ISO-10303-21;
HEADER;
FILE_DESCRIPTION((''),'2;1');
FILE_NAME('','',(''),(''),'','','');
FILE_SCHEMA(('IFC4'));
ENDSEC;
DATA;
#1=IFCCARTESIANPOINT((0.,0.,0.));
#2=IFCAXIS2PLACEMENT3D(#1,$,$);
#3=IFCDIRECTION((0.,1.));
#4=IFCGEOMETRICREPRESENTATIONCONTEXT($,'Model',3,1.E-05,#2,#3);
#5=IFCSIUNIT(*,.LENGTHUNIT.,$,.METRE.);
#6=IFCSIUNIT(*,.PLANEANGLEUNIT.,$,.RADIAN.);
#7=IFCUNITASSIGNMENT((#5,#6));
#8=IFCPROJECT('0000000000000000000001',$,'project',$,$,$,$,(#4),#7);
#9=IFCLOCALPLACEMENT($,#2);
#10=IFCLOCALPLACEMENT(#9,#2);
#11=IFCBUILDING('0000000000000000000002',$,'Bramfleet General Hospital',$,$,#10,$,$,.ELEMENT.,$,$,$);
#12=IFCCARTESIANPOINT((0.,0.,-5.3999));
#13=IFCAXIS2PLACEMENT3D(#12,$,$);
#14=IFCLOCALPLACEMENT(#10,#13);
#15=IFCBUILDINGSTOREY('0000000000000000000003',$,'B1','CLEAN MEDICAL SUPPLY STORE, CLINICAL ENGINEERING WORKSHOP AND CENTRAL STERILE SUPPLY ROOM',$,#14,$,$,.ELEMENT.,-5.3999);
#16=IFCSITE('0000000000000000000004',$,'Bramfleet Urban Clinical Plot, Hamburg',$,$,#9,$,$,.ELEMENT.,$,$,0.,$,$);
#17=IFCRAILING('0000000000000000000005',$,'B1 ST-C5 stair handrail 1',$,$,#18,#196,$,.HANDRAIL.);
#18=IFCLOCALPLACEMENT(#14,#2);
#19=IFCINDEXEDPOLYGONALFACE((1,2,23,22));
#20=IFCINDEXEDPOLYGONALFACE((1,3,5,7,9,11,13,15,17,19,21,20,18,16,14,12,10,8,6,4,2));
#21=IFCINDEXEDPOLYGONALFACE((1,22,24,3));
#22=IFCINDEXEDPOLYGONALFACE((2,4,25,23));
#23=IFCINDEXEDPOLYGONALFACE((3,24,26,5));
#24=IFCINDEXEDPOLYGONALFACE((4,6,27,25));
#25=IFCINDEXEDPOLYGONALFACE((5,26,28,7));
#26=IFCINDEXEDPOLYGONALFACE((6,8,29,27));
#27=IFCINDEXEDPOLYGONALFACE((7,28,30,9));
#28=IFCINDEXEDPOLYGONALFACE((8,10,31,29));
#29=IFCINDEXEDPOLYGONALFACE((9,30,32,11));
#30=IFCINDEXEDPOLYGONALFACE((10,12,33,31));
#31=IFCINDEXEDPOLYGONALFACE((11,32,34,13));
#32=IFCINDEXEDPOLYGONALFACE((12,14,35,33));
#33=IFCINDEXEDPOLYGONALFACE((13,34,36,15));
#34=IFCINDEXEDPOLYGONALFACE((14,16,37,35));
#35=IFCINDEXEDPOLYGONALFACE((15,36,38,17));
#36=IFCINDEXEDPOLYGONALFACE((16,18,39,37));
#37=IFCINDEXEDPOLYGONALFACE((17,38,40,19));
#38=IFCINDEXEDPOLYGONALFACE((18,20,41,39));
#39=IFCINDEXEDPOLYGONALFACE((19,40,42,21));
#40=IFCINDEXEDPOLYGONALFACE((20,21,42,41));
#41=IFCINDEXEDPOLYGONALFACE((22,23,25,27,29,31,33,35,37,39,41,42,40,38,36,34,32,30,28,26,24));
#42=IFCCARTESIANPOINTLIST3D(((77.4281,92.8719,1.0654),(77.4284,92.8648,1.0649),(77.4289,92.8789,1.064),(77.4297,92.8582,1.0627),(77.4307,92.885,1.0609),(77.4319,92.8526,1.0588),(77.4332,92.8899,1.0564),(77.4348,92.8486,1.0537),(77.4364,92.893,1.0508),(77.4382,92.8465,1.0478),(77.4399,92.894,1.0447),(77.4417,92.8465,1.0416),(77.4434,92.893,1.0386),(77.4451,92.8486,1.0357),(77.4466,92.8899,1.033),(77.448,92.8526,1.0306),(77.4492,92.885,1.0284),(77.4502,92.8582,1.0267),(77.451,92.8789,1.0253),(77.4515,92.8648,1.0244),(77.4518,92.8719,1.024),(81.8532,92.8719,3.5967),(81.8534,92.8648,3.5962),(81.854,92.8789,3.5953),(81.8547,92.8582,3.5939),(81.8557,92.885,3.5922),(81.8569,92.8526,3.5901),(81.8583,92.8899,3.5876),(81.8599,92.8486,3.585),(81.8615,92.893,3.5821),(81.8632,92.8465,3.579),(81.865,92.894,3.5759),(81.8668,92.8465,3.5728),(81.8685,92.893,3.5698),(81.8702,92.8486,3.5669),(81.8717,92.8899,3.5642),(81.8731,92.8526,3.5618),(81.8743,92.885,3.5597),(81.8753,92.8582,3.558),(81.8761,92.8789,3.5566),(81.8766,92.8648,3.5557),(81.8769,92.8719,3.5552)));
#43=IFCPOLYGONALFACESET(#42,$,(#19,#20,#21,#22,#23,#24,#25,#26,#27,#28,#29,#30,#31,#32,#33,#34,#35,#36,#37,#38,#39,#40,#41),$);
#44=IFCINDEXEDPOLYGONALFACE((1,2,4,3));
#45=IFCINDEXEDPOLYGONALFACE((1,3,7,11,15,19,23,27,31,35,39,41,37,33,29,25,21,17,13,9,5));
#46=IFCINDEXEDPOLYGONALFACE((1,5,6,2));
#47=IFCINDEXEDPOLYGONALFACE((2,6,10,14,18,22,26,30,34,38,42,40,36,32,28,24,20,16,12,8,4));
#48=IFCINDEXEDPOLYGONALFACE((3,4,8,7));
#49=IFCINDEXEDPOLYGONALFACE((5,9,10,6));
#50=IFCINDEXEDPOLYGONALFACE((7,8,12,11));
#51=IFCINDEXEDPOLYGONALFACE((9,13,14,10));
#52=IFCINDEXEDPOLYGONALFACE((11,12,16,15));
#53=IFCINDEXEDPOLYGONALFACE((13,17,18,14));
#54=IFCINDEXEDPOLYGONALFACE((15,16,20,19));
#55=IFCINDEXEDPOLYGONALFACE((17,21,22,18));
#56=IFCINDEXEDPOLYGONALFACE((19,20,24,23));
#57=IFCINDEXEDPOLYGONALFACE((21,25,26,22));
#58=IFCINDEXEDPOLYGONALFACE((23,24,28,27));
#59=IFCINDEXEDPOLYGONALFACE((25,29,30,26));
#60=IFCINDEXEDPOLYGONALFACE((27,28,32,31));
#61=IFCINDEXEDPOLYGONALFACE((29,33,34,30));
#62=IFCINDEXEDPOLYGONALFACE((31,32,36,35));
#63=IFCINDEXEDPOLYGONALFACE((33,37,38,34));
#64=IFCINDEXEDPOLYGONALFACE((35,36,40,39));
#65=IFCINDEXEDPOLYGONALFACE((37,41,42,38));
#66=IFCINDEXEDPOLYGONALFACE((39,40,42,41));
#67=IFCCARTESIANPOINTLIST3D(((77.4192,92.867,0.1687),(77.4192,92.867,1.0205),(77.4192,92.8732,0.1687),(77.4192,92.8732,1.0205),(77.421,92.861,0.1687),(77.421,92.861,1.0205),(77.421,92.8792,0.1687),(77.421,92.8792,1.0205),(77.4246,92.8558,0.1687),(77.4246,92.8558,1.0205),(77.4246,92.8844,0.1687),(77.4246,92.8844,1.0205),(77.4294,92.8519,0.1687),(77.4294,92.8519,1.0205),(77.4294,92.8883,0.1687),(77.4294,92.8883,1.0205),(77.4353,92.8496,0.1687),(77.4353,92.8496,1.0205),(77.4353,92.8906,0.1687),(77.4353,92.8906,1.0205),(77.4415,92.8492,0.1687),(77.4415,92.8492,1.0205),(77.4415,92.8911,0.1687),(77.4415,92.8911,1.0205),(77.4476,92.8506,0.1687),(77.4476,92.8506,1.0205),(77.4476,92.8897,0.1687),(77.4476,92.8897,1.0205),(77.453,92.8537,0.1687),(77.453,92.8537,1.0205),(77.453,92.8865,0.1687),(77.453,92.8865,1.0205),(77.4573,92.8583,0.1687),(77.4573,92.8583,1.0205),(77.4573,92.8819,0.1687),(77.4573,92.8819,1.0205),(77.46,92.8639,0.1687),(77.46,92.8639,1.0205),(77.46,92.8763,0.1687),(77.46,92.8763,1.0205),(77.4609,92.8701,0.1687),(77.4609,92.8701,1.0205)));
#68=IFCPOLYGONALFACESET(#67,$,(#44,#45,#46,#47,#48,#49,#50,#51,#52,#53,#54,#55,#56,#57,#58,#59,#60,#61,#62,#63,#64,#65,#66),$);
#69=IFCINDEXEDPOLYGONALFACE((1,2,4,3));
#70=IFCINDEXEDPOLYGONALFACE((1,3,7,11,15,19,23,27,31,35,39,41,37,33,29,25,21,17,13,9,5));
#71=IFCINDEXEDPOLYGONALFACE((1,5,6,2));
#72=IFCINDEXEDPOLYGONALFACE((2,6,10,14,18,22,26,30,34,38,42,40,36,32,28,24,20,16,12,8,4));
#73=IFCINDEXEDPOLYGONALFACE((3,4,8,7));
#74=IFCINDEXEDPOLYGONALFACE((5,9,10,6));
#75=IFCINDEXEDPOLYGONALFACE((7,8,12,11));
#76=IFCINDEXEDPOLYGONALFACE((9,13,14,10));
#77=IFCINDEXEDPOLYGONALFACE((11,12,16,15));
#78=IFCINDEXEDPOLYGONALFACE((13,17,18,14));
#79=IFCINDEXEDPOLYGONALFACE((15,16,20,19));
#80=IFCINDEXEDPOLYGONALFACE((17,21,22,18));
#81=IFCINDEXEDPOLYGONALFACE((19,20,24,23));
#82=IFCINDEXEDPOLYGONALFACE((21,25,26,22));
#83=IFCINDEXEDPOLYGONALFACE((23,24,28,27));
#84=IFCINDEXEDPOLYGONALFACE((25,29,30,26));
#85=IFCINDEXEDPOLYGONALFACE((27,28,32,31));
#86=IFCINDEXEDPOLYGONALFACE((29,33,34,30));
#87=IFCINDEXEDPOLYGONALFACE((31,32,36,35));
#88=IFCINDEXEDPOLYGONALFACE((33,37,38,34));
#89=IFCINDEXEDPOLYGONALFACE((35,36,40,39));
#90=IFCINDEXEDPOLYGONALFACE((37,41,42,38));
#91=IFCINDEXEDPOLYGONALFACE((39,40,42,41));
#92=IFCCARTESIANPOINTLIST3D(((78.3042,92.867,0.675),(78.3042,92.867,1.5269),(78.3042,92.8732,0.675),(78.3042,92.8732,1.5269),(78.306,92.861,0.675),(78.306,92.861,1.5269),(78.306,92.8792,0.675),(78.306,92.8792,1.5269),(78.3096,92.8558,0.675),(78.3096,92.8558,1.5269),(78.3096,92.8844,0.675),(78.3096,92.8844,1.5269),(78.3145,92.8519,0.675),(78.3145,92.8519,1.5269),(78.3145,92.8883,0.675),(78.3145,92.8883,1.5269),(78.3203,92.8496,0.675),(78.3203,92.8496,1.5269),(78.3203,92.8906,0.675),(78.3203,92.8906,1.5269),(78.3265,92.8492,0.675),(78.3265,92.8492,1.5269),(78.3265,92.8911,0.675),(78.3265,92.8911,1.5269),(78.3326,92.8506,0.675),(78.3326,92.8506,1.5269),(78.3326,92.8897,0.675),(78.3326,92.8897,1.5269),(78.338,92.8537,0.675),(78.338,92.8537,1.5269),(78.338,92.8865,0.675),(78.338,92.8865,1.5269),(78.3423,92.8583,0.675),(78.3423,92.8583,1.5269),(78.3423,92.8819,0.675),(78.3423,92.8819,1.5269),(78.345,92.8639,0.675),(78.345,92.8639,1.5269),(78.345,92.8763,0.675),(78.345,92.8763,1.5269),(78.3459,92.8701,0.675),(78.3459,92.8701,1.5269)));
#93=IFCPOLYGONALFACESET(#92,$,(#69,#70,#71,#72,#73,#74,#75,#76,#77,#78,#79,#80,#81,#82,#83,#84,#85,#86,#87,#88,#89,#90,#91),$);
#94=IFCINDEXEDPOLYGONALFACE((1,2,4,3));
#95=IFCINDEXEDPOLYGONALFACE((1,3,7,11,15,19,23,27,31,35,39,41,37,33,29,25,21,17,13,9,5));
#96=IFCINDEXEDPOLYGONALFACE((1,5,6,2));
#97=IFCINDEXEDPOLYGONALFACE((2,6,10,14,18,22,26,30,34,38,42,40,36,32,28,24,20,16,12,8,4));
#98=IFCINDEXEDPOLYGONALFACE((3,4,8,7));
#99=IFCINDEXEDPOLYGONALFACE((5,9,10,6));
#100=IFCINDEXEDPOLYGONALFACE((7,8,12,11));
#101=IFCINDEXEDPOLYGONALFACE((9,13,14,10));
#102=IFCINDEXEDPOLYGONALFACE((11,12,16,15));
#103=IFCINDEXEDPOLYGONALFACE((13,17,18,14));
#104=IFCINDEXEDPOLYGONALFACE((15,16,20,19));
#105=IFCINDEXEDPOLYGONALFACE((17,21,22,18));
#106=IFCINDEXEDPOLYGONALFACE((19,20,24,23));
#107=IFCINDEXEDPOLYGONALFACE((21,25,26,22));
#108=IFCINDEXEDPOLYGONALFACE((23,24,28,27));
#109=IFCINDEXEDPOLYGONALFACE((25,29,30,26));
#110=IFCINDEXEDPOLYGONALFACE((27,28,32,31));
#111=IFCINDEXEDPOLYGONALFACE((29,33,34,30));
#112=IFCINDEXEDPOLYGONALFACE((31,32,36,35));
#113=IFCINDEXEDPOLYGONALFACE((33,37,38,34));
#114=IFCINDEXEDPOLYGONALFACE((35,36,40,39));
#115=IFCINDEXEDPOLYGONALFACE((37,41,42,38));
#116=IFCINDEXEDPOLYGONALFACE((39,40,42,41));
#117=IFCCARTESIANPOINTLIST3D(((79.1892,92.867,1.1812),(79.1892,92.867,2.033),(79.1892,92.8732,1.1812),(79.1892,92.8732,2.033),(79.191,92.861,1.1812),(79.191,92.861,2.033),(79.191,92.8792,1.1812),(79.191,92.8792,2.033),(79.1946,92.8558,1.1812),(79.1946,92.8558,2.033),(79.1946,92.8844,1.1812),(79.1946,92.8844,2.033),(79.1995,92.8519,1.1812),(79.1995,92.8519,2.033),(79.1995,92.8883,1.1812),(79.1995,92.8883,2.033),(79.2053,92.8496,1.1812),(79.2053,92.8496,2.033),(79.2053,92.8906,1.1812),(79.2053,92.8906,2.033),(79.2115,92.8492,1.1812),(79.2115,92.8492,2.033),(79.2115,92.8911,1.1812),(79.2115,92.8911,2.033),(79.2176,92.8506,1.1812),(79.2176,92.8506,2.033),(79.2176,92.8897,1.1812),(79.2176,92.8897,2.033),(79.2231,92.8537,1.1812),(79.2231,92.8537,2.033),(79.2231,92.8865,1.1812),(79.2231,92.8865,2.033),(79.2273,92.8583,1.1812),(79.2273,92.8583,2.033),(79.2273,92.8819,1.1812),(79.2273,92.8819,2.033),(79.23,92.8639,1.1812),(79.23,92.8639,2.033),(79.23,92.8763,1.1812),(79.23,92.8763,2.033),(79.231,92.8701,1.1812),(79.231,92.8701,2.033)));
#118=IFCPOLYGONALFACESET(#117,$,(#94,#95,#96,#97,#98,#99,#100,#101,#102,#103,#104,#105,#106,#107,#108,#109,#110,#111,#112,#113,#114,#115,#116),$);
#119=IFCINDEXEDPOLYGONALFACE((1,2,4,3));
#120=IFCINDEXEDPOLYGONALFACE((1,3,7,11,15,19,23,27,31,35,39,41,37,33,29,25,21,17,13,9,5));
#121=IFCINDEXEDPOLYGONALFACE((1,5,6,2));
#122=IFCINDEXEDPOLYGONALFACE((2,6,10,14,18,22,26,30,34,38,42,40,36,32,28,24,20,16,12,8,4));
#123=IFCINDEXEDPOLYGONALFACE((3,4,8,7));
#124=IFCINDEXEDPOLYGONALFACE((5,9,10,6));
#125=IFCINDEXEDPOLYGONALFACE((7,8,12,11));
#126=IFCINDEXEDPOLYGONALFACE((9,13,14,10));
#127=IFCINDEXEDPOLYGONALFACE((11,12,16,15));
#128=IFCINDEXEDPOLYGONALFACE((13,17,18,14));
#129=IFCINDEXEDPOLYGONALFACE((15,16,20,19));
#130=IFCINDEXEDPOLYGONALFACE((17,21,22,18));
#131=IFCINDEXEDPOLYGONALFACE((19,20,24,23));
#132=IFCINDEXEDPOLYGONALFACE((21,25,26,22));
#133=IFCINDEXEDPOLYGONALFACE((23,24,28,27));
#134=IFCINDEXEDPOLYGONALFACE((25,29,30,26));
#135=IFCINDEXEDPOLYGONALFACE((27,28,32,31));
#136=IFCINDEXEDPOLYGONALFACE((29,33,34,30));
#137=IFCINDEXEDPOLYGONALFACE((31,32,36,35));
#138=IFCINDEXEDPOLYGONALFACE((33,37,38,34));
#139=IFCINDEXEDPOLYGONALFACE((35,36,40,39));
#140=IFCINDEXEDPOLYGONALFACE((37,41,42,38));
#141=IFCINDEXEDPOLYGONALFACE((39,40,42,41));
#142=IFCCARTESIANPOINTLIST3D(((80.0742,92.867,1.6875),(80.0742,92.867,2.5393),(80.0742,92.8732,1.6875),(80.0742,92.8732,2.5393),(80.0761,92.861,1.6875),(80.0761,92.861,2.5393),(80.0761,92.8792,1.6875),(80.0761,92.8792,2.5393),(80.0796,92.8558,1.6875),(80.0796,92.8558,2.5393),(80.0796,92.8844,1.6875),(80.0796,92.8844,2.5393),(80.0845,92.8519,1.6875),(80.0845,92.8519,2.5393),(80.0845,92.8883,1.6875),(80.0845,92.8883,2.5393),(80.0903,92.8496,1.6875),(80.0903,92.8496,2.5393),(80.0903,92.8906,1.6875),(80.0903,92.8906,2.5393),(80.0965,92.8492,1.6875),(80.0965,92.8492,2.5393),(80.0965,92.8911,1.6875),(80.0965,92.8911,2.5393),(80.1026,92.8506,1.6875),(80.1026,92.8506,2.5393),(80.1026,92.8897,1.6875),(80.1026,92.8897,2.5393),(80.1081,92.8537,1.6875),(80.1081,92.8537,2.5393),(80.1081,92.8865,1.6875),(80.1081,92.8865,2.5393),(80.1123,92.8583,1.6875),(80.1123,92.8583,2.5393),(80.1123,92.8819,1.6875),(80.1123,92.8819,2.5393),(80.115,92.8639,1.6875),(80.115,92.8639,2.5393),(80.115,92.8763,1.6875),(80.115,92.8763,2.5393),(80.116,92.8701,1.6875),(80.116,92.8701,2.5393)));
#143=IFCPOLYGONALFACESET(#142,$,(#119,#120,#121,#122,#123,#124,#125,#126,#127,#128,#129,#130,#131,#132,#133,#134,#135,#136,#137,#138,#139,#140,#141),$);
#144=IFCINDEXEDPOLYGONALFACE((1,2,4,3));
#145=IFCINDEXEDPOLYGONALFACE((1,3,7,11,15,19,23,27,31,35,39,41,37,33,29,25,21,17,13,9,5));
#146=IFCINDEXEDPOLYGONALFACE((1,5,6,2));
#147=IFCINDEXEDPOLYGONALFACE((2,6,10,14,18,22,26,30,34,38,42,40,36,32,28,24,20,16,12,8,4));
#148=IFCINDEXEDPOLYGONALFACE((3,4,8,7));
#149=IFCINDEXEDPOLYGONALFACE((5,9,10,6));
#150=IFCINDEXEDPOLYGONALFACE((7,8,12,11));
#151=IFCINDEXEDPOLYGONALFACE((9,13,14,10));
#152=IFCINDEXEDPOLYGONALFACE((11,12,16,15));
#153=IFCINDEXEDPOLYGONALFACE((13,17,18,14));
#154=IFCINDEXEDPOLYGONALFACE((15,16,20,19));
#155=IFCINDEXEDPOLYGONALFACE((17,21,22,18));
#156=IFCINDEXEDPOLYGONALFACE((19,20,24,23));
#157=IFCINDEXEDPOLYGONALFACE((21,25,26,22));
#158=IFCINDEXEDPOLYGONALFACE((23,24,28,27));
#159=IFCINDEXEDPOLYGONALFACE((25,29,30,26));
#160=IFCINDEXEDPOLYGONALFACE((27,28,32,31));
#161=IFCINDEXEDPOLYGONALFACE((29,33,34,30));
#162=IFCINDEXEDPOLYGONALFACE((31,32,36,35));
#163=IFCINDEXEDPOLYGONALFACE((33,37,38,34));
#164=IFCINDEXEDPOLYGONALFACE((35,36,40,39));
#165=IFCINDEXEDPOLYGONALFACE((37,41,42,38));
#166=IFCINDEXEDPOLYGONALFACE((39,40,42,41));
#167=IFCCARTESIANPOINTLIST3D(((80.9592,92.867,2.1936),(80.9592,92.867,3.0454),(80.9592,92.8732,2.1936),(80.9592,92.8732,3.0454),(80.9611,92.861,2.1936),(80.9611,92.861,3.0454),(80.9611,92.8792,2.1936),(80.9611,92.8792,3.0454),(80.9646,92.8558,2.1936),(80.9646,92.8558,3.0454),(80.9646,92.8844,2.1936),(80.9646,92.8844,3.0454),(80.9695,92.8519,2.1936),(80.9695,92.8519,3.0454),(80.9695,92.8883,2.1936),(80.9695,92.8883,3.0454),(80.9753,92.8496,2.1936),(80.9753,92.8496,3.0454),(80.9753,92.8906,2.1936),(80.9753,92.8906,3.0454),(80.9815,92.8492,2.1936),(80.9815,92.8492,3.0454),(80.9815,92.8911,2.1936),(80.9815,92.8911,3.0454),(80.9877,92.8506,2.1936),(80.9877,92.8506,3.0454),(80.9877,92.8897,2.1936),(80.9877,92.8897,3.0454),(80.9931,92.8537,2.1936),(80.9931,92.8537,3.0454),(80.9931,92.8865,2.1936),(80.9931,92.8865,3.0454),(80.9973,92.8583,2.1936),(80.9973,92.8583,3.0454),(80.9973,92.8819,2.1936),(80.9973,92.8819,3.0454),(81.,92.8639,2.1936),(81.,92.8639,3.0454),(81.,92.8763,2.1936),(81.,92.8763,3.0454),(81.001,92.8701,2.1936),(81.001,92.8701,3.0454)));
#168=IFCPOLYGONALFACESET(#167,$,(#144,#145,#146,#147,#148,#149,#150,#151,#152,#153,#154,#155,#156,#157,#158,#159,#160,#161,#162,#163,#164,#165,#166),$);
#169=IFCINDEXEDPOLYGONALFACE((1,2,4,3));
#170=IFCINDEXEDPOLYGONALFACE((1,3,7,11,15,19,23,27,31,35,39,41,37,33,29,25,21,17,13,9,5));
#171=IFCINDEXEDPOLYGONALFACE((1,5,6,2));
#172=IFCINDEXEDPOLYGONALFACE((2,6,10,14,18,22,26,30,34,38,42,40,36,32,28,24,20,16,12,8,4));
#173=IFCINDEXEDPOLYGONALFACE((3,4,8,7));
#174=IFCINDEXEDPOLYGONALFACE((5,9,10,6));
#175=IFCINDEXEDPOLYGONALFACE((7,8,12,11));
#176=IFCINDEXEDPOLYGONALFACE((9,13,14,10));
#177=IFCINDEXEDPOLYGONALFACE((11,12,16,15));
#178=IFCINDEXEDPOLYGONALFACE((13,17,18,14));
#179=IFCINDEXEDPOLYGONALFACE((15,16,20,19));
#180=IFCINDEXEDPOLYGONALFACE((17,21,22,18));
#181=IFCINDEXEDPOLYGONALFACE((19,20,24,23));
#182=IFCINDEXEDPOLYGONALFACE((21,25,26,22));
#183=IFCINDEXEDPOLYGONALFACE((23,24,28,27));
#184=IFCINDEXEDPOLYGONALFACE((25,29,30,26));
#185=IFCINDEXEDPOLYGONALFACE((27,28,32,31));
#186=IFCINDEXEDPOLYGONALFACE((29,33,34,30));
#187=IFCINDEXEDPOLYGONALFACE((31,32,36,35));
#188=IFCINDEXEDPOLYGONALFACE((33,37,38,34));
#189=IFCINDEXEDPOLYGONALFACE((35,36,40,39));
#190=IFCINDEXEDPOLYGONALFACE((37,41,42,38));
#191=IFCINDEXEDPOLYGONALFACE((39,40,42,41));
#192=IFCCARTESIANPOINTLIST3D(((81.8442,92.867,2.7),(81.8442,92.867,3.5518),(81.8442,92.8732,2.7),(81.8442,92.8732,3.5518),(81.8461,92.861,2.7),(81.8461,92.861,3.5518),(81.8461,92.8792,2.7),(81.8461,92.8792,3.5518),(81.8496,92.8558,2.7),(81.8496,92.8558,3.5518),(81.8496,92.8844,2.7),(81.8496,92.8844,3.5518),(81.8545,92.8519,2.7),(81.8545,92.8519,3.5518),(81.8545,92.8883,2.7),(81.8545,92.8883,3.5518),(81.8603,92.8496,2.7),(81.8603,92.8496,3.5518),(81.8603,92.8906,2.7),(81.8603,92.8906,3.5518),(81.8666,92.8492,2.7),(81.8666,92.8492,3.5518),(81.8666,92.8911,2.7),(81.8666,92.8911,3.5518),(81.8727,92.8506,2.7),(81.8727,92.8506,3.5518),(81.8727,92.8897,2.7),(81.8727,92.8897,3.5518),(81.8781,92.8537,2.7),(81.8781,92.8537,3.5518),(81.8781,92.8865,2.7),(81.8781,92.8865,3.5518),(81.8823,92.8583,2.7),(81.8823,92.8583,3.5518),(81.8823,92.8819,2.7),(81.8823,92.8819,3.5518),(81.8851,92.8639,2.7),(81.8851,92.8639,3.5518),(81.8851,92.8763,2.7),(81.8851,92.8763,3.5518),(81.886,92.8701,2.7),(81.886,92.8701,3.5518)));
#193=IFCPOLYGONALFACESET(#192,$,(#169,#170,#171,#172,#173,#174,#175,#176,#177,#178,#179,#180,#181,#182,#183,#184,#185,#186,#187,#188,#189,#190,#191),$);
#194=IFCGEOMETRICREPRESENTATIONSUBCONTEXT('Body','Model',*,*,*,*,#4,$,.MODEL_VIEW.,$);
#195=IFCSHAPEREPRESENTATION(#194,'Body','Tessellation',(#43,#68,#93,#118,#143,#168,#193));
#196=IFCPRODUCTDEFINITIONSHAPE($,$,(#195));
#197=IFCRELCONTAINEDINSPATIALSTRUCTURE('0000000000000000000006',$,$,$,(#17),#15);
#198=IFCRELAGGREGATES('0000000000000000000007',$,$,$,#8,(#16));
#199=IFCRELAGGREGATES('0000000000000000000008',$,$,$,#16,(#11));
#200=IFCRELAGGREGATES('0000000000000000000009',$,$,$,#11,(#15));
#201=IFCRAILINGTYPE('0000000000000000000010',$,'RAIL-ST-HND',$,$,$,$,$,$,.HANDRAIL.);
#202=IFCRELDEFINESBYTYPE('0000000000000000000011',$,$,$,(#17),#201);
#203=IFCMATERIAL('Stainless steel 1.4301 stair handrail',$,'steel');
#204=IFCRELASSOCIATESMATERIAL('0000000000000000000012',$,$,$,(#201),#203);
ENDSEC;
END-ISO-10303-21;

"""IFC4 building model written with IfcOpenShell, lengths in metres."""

from ifc_helpers import new_model, si_unit, direction, frame, origin, origin_2d, place, context, subcontext, project, spatial, circle, extrude, material, type_object, element, save


model = new_model("IFC4")

# Units and contexts
model_context = context("Model", 3, precision=1e-05, world=origin(), true_north=direction((0.0, 1.0)))
body_context = subcontext(model_context, "Body", "Model", "MODEL_VIEW")
ifc_project = project(units=[si_unit("LENGTHUNIT", "METRE"), si_unit("PLANEANGLEUNIT", "RADIAN")], contexts=[model_context])

# Site, building, storey
site_placement = place(None, origin())
site = spatial("IfcSite", under=ifc_project, at=site_placement, Name="Bramfleet Urban Clinical Plot, Hamburg", CompositionType="ELEMENT", RefElevation=0.0)
building_placement = place(site_placement, origin())
building = spatial("IfcBuilding", under=site, at=building_placement, Name="Bramfleet General Hospital", CompositionType="ELEMENT")
storey_placement = place(building_placement, frame((0.0, 0.0, -5.3999)))
storey = spatial("IfcBuildingStorey", under=building, at=storey_placement, Name="B1", Description="CLEAN MEDICAL SUPPLY STORE, CLINICAL ENGINEERING WORKSHOP AND CENTRAL STERILE SUPPLY ROOM", CompositionType="ELEMENT", Elevation=-5.3999)

# Railing
ifc_material_1 = material(Name="Stainless steel 1.4301 stair handrail", Category="steel")
railing_type_1 = type_object("IfcRailingType", Name="RAIL-ST-HND", PredefinedType="HANDRAIL", material=ifc_material_1)
railing_1_placement = place(storey_placement, frame((77.4399, 92.8701, 0.1687)))
element("IfcRailing", 1, at=railing_1_placement, inside=storey, type_object=railing_type_1, Name="B1 ST-C5 stair handrail 1", PredefinedType="HANDRAIL", context=body_context, shape_type="SweptSolid", body=[
    extrude(circle(Radius=0.0239, at=origin_2d()), frame((0.0, 0.0, 0.876), z_axis=(0.868019, 0.0, 0.496531), x_axis=(0.0, 1.0, 0.0)), (0.0, 0.0, 1.0), 5.0979),
    extrude(circle(Radius=0.021, at=origin_2d()), origin(), (0.0, 0.0, 1.0), 0.8518),
    extrude(circle(Radius=0.021, at=origin_2d()), frame((0.885, 0.0, 0.5063)), (0.0, 0.0, 1.0), 0.8518),
    extrude(circle(Radius=0.021, at=origin_2d()), frame((1.77, 0.0, 1.0125)), (0.0, 0.0, 1.0), 0.8518),
    extrude(circle(Radius=0.021, at=origin_2d()), frame((2.655, 0.0, 1.5188)), (0.0, 0.0, 1.0), 0.8518),
    extrude(circle(Radius=0.021, at=origin_2d()), frame((3.54, 0.0, 2.0249)), (0.0, 0.0, 1.0), 0.8518),
    extrude(circle(Radius=0.021, at=origin_2d()), frame((4.425, 0.0, 2.5312)), (0.0, 0.0, 1.0), 0.8518),
])

save(model, "model.ifc")
